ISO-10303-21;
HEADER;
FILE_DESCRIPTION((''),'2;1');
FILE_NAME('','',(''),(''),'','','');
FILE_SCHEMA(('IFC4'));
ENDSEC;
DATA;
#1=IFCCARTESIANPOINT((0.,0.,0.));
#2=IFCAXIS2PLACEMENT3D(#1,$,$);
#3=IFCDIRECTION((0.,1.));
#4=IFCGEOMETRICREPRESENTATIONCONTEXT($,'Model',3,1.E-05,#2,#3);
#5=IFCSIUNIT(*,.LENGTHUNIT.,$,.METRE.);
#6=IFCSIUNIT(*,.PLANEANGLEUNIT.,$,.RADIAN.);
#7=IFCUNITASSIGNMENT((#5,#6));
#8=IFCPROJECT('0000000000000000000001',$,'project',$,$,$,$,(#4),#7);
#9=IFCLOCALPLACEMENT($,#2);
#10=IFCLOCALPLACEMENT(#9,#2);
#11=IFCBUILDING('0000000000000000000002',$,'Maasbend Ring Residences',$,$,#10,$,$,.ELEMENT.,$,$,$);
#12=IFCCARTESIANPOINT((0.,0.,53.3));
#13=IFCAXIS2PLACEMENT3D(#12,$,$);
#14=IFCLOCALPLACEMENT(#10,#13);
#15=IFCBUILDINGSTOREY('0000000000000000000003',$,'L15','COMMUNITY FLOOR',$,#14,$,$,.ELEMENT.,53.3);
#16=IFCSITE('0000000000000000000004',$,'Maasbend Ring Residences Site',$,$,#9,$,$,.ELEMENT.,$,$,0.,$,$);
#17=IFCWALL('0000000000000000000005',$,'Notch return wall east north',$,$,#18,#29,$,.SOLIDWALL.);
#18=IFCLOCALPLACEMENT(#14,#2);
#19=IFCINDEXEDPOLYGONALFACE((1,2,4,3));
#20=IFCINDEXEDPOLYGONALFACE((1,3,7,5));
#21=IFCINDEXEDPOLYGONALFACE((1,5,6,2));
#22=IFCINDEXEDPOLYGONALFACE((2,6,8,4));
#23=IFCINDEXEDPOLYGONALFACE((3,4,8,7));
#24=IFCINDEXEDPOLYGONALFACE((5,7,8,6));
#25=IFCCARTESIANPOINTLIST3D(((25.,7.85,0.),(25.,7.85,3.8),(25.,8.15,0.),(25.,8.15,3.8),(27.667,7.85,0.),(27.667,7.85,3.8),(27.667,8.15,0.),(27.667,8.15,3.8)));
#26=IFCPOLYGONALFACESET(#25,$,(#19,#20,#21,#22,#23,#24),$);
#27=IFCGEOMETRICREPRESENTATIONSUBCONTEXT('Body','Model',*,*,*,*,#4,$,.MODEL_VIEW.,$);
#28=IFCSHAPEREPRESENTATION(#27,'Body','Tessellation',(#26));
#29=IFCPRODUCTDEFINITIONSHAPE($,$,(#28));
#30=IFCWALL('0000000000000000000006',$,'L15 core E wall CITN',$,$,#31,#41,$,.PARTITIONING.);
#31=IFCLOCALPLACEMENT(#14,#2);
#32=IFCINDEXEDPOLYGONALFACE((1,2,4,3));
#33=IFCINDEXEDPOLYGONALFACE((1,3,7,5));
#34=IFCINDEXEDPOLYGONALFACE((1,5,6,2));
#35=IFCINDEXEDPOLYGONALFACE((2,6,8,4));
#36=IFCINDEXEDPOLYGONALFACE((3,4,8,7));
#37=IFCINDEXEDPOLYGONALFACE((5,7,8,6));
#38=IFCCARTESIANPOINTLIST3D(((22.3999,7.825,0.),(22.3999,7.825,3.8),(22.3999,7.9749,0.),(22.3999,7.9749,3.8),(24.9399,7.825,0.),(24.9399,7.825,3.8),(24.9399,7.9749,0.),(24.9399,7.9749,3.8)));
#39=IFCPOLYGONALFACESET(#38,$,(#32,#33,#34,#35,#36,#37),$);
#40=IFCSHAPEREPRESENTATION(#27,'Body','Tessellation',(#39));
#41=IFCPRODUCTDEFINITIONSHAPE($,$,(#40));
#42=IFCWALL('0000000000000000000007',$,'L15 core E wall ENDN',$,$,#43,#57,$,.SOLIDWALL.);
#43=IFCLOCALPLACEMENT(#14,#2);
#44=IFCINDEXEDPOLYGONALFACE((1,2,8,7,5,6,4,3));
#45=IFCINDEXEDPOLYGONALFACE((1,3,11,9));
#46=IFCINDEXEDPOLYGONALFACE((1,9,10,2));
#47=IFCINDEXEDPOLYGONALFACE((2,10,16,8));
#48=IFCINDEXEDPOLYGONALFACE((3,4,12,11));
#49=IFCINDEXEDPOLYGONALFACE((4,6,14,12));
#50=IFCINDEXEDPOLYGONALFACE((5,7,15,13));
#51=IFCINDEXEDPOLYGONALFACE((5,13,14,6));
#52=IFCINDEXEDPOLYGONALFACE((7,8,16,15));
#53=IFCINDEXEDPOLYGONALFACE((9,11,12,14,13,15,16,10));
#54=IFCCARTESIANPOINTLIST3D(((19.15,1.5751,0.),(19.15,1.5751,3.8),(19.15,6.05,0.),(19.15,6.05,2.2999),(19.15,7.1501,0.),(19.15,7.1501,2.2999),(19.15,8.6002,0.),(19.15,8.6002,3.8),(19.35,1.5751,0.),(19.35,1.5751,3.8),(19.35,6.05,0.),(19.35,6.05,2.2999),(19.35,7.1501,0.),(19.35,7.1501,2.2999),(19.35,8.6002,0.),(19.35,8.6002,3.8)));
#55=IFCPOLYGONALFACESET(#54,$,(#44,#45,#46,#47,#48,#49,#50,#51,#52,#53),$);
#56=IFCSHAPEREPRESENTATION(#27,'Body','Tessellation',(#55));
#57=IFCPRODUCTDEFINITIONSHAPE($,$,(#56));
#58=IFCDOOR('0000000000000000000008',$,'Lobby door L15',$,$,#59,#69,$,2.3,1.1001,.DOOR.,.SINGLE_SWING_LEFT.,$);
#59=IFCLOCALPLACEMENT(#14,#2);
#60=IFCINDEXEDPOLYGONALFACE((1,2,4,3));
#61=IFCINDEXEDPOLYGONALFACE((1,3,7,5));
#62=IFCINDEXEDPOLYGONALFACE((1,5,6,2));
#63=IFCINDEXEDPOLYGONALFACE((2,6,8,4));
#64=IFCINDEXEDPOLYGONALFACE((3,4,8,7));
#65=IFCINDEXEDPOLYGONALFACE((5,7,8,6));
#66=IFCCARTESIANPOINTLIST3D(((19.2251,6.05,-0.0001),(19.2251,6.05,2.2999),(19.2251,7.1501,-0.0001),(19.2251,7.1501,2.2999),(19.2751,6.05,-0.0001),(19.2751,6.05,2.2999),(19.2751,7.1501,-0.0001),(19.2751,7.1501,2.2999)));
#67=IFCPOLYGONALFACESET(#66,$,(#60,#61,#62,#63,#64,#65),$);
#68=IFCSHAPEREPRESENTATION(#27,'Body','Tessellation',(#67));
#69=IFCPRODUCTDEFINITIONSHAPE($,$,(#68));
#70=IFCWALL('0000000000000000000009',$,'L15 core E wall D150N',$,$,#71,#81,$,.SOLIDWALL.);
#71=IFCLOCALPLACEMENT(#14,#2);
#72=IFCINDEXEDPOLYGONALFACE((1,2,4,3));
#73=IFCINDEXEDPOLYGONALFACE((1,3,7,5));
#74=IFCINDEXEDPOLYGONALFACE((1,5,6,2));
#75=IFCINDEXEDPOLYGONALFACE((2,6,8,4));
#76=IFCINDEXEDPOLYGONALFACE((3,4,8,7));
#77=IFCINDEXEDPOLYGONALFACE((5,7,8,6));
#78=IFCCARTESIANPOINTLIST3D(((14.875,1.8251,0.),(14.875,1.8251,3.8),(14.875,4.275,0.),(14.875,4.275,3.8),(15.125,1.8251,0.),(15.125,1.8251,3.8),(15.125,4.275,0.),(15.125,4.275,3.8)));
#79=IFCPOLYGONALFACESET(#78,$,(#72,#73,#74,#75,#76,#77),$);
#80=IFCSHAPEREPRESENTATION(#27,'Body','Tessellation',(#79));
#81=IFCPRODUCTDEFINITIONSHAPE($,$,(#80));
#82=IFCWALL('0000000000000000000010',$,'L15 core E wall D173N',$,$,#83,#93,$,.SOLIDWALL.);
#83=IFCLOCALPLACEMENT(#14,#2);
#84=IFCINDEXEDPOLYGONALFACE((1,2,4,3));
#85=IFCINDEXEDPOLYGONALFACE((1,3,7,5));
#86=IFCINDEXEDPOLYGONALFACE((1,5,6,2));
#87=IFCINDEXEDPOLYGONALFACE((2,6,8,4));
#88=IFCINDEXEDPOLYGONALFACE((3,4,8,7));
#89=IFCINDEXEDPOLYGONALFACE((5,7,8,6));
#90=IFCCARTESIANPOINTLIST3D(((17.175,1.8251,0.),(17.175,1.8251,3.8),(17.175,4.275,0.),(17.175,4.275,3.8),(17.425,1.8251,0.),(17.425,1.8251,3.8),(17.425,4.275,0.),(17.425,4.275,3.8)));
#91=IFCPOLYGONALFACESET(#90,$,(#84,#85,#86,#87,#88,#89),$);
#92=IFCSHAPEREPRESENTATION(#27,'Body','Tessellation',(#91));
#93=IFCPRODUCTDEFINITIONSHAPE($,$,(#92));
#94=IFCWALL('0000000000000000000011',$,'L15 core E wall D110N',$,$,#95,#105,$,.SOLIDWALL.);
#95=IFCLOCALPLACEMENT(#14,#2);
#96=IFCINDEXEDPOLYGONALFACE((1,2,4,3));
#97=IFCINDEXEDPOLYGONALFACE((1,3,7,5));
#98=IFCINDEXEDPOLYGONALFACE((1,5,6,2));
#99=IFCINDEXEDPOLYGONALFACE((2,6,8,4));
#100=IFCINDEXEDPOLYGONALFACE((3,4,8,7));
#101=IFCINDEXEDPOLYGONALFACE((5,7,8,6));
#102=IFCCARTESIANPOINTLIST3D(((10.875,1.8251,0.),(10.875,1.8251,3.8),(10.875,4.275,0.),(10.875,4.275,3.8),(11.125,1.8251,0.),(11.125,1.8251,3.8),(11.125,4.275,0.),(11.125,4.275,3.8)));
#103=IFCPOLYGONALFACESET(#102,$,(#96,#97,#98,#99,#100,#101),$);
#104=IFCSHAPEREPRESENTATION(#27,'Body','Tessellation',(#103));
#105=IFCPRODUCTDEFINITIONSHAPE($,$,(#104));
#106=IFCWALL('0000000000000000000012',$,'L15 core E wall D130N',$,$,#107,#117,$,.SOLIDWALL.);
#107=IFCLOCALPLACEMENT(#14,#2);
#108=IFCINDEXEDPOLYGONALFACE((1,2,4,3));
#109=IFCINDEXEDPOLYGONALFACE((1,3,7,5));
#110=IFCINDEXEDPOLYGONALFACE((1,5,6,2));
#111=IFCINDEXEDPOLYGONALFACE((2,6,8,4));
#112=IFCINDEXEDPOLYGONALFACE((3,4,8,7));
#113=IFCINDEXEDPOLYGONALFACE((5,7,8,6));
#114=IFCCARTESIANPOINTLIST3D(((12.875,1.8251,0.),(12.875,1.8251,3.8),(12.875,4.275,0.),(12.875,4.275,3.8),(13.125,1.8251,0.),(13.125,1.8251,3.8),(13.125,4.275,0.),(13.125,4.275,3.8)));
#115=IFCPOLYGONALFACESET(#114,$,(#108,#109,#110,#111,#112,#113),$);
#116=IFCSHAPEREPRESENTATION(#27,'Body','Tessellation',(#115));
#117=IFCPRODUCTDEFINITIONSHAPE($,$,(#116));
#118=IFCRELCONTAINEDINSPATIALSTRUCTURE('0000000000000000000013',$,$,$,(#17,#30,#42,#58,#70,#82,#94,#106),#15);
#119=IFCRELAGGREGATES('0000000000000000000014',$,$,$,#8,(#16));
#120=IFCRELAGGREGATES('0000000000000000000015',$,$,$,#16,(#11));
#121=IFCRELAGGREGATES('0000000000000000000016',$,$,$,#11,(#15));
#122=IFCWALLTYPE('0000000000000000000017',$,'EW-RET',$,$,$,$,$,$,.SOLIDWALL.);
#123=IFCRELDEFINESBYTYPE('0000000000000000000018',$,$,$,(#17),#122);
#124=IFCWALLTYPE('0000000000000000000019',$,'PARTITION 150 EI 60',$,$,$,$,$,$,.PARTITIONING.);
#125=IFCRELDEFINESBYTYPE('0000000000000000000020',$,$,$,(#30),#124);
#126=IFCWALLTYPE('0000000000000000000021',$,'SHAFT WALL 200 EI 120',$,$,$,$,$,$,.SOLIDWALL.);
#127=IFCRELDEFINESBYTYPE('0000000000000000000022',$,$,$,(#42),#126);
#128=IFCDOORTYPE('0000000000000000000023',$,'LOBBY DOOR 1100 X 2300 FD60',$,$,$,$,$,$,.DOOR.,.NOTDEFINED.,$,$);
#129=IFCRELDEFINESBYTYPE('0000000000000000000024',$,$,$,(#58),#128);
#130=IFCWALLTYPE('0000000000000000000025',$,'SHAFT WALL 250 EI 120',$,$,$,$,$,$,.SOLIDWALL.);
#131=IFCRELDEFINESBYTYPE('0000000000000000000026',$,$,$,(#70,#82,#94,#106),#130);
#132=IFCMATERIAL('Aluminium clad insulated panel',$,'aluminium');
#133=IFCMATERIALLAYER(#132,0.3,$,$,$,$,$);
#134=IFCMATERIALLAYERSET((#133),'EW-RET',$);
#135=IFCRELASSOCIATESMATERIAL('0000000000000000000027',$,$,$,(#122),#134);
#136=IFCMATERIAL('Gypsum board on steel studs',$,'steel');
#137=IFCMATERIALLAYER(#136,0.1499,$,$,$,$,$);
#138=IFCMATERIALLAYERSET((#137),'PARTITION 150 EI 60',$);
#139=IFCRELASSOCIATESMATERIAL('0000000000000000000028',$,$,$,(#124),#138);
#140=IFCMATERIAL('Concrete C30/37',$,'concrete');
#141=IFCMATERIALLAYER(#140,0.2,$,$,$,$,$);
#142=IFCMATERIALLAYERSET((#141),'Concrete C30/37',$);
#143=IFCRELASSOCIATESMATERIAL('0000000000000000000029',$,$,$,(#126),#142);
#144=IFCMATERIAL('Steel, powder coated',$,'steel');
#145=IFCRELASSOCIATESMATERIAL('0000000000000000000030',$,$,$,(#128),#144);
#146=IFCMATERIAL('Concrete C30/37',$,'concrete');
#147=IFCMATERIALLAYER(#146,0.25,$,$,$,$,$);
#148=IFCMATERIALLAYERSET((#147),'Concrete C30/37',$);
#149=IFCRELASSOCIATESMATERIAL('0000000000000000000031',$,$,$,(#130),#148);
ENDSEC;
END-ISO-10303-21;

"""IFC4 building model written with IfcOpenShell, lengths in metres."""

from ifc_helpers import new_model, si_unit, direction, frame, frame_2d, origin, place, context, subcontext, project, spatial, rectangle, extrude, material, layer, layer_set, type_object, element, fill, save


model = new_model("IFC4")

# Units and contexts
model_context = context("Model", 3, precision=1e-05, world=origin(), true_north=direction((0.0, 1.0)))
body_context = subcontext(model_context, "Body", "Model", "MODEL_VIEW")
ifc_project = project(units=[si_unit("LENGTHUNIT", "METRE"), si_unit("PLANEANGLEUNIT", "RADIAN")], contexts=[model_context])

# Site, building, storey
site_placement = place(None, origin())
site = spatial("IfcSite", under=ifc_project, at=site_placement, Name="Maasbend Ring Residences Site", CompositionType="ELEMENT", RefElevation=0.0)
building_placement = place(site_placement, origin())
building = spatial("IfcBuilding", under=site, at=building_placement, Name="Maasbend Ring Residences", CompositionType="ELEMENT")
storey_placement = place(building_placement, frame((0.0, 0.0, 53.3)))
storey = spatial("IfcBuildingStorey", under=building, at=storey_placement, Name="L15", Description="COMMUNITY FLOOR", CompositionType="ELEMENT", Elevation=53.3)

# Walls
ifc_material_1 = material(Name="Aluminium clad insulated panel", Category="aluminium")
ifc_layer_1 = layer(ifc_material_1, 0.3)
ifc_layer_set_1 = layer_set([ifc_layer_1], Name="EW-RET")
wall_type_1 = type_object("IfcWallType", Name="EW-RET", PredefinedType="SOLIDWALL", material=ifc_layer_set_1)
wall_1_placement = place(storey_placement, frame((25.0, 8.0, 0.0), z_axis=(0.0, 0.0, 1.0), x_axis=(1.0, 0.0, 0.0)))
element("IfcWall", 1, at=wall_1_placement, inside=storey, type_object=wall_type_1, Name="Notch return wall east north", PredefinedType="SOLIDWALL", context=body_context, shape_type="SweptSolid", body=[
    extrude(rectangle(XDim=2.667, YDim=0.3, at=frame_2d((1.3335, 0.0))), origin(), (0.0, 0.0, 1.0), 3.8),
])
ifc_material_2 = material(Name="Gypsum board on steel studs", Category="steel")
ifc_layer_2 = layer(ifc_material_2, 0.1499)
ifc_layer_set_2 = layer_set([ifc_layer_2], Name="PARTITION 150 EI 60")
wall_type_2 = type_object("IfcWallType", Name="PARTITION 150 EI 60", PredefinedType="PARTITIONING", material=ifc_layer_set_2)
wall_2_placement = place(storey_placement, frame((22.3999, 7.8999, 0.0), z_axis=(0.0, 0.0, 1.0), x_axis=(1.0, 0.0, 0.0)))
element("IfcWall", 2, at=wall_2_placement, inside=storey, type_object=wall_type_2, Name="L15 core E wall CITN", PredefinedType="PARTITIONING", context=body_context, shape_type="SweptSolid", body=[
    extrude(rectangle(XDim=2.54, YDim=0.1499, at=frame_2d((1.27, 0.0))), origin(), (0.0, 0.0, 1.0), 3.8),
])

# Wall, opening, door
ifc_material_3 = material(Name="Concrete C30/37", Category="concrete")
ifc_layer_3 = layer(ifc_material_3, 0.2)
ifc_layer_set_3 = layer_set([ifc_layer_3], Name="Concrete C30/37")
wall_type_3 = type_object("IfcWallType", Name="SHAFT WALL 200 EI 120", PredefinedType="SOLIDWALL", material=ifc_layer_set_3)
wall_3_placement = place(storey_placement, frame((19.25, 1.575, 0.0), z_axis=(0.0, 0.0, 1.0), x_axis=(0.0, 1.0, 0.0)))
wall_3 = element("IfcWall", 3, at=wall_3_placement, inside=storey, type_object=wall_type_3, Name="L15 core E wall ENDN", PredefinedType="SOLIDWALL", context=body_context, shape_type="SweptSolid", body=[
    extrude(rectangle(XDim=7.0251, YDim=0.2, at=frame_2d((3.5127, 0.0))), origin(), (0.0, 0.0, 1.0), 3.8),
])
opening_1_placement = place(wall_3_placement, frame((4.4751, 0.0, 0.0)))
opening_1 = element("IfcOpeningElement", 4, at=opening_1_placement, cuts=wall_3, PredefinedType="OPENING", context=body_context, shape_type="SweptSolid", body=[
    extrude(rectangle(XDim=1.1001, YDim=2.3, at=frame_2d((0.55, 1.1499))), frame((0.0, 0.1099, 0.0), z_axis=(0.0, -1.0, 0.0), x_axis=(1.0, 0.0, 0.0)), (0.0, 0.0, 1.0), 0.22),
])
ifc_material_4 = material(Name="Steel, powder coated", Category="steel")
door_type_1 = type_object("IfcDoorType", Name="LOBBY DOOR 1100 X 2300 FD60", OperationType="NOTDEFINED", PredefinedType="DOOR", material=ifc_material_4)
door_1_placement = place(opening_1_placement, origin())
door_1 = element("IfcDoor", 5, at=door_1_placement, inside=storey, type_object=door_type_1, Name="Lobby door L15", OperationType="SINGLE_SWING_LEFT", OverallHeight=2.3, OverallWidth=1.1001, PredefinedType="DOOR", context=body_context, shape_type="SweptSolid", body=[
    extrude(rectangle(XDim=1.1001, YDim=2.3, at=frame_2d((0.55, 1.1499))), frame((0.0, 0.0249, 0.0), z_axis=(0.0, -1.0, 0.0), x_axis=(1.0, 0.0, 0.0)), (0.0, 0.0, 1.0), 0.05),
])
fill(opening_1, door_1)

# Walls
ifc_material_5 = material(Name="Concrete C30/37", Category="concrete")
ifc_layer_4 = layer(ifc_material_5, 0.25)
ifc_layer_set_4 = layer_set([ifc_layer_4], Name="Concrete C30/37")
wall_type_4 = type_object("IfcWallType", Name="SHAFT WALL 250 EI 120", PredefinedType="SOLIDWALL", material=ifc_layer_set_4)
for number, where, z_axis, x_axis, name in (
    (6, (15.0, 1.825, 0.0), (0.0, 0.0, 1.0), (0.0, 1.0, 0.0), "L15 core E wall D150N"),
    (7, (17.3, 1.825, 0.0), (0.0, 0.0, 1.0), (0.0, 1.0, 0.0), "L15 core E wall D173N"),
    (8, (11.0, 1.825, 0.0), (0.0, 0.0, 1.0), (0.0, 1.0, 0.0), "L15 core E wall D110N"),
    (9, (13.0, 1.825, 0.0), (0.0, 0.0, 1.0), (0.0, 1.0, 0.0), "L15 core E wall D130N"),
):
    element("IfcWall", number, at=place(storey_placement, frame(where, z_axis=z_axis, x_axis=x_axis)), inside=storey, type_object=wall_type_4, Name=name, PredefinedType="SOLIDWALL", context=body_context, shape_type="SweptSolid", body=[
        extrude(rectangle(XDim=2.45, YDim=0.25, at=frame_2d((1.2251, 0.0))), origin(), (0.0, 0.0, 1.0), 3.8),
    ])

save(model, "model.ifc")
